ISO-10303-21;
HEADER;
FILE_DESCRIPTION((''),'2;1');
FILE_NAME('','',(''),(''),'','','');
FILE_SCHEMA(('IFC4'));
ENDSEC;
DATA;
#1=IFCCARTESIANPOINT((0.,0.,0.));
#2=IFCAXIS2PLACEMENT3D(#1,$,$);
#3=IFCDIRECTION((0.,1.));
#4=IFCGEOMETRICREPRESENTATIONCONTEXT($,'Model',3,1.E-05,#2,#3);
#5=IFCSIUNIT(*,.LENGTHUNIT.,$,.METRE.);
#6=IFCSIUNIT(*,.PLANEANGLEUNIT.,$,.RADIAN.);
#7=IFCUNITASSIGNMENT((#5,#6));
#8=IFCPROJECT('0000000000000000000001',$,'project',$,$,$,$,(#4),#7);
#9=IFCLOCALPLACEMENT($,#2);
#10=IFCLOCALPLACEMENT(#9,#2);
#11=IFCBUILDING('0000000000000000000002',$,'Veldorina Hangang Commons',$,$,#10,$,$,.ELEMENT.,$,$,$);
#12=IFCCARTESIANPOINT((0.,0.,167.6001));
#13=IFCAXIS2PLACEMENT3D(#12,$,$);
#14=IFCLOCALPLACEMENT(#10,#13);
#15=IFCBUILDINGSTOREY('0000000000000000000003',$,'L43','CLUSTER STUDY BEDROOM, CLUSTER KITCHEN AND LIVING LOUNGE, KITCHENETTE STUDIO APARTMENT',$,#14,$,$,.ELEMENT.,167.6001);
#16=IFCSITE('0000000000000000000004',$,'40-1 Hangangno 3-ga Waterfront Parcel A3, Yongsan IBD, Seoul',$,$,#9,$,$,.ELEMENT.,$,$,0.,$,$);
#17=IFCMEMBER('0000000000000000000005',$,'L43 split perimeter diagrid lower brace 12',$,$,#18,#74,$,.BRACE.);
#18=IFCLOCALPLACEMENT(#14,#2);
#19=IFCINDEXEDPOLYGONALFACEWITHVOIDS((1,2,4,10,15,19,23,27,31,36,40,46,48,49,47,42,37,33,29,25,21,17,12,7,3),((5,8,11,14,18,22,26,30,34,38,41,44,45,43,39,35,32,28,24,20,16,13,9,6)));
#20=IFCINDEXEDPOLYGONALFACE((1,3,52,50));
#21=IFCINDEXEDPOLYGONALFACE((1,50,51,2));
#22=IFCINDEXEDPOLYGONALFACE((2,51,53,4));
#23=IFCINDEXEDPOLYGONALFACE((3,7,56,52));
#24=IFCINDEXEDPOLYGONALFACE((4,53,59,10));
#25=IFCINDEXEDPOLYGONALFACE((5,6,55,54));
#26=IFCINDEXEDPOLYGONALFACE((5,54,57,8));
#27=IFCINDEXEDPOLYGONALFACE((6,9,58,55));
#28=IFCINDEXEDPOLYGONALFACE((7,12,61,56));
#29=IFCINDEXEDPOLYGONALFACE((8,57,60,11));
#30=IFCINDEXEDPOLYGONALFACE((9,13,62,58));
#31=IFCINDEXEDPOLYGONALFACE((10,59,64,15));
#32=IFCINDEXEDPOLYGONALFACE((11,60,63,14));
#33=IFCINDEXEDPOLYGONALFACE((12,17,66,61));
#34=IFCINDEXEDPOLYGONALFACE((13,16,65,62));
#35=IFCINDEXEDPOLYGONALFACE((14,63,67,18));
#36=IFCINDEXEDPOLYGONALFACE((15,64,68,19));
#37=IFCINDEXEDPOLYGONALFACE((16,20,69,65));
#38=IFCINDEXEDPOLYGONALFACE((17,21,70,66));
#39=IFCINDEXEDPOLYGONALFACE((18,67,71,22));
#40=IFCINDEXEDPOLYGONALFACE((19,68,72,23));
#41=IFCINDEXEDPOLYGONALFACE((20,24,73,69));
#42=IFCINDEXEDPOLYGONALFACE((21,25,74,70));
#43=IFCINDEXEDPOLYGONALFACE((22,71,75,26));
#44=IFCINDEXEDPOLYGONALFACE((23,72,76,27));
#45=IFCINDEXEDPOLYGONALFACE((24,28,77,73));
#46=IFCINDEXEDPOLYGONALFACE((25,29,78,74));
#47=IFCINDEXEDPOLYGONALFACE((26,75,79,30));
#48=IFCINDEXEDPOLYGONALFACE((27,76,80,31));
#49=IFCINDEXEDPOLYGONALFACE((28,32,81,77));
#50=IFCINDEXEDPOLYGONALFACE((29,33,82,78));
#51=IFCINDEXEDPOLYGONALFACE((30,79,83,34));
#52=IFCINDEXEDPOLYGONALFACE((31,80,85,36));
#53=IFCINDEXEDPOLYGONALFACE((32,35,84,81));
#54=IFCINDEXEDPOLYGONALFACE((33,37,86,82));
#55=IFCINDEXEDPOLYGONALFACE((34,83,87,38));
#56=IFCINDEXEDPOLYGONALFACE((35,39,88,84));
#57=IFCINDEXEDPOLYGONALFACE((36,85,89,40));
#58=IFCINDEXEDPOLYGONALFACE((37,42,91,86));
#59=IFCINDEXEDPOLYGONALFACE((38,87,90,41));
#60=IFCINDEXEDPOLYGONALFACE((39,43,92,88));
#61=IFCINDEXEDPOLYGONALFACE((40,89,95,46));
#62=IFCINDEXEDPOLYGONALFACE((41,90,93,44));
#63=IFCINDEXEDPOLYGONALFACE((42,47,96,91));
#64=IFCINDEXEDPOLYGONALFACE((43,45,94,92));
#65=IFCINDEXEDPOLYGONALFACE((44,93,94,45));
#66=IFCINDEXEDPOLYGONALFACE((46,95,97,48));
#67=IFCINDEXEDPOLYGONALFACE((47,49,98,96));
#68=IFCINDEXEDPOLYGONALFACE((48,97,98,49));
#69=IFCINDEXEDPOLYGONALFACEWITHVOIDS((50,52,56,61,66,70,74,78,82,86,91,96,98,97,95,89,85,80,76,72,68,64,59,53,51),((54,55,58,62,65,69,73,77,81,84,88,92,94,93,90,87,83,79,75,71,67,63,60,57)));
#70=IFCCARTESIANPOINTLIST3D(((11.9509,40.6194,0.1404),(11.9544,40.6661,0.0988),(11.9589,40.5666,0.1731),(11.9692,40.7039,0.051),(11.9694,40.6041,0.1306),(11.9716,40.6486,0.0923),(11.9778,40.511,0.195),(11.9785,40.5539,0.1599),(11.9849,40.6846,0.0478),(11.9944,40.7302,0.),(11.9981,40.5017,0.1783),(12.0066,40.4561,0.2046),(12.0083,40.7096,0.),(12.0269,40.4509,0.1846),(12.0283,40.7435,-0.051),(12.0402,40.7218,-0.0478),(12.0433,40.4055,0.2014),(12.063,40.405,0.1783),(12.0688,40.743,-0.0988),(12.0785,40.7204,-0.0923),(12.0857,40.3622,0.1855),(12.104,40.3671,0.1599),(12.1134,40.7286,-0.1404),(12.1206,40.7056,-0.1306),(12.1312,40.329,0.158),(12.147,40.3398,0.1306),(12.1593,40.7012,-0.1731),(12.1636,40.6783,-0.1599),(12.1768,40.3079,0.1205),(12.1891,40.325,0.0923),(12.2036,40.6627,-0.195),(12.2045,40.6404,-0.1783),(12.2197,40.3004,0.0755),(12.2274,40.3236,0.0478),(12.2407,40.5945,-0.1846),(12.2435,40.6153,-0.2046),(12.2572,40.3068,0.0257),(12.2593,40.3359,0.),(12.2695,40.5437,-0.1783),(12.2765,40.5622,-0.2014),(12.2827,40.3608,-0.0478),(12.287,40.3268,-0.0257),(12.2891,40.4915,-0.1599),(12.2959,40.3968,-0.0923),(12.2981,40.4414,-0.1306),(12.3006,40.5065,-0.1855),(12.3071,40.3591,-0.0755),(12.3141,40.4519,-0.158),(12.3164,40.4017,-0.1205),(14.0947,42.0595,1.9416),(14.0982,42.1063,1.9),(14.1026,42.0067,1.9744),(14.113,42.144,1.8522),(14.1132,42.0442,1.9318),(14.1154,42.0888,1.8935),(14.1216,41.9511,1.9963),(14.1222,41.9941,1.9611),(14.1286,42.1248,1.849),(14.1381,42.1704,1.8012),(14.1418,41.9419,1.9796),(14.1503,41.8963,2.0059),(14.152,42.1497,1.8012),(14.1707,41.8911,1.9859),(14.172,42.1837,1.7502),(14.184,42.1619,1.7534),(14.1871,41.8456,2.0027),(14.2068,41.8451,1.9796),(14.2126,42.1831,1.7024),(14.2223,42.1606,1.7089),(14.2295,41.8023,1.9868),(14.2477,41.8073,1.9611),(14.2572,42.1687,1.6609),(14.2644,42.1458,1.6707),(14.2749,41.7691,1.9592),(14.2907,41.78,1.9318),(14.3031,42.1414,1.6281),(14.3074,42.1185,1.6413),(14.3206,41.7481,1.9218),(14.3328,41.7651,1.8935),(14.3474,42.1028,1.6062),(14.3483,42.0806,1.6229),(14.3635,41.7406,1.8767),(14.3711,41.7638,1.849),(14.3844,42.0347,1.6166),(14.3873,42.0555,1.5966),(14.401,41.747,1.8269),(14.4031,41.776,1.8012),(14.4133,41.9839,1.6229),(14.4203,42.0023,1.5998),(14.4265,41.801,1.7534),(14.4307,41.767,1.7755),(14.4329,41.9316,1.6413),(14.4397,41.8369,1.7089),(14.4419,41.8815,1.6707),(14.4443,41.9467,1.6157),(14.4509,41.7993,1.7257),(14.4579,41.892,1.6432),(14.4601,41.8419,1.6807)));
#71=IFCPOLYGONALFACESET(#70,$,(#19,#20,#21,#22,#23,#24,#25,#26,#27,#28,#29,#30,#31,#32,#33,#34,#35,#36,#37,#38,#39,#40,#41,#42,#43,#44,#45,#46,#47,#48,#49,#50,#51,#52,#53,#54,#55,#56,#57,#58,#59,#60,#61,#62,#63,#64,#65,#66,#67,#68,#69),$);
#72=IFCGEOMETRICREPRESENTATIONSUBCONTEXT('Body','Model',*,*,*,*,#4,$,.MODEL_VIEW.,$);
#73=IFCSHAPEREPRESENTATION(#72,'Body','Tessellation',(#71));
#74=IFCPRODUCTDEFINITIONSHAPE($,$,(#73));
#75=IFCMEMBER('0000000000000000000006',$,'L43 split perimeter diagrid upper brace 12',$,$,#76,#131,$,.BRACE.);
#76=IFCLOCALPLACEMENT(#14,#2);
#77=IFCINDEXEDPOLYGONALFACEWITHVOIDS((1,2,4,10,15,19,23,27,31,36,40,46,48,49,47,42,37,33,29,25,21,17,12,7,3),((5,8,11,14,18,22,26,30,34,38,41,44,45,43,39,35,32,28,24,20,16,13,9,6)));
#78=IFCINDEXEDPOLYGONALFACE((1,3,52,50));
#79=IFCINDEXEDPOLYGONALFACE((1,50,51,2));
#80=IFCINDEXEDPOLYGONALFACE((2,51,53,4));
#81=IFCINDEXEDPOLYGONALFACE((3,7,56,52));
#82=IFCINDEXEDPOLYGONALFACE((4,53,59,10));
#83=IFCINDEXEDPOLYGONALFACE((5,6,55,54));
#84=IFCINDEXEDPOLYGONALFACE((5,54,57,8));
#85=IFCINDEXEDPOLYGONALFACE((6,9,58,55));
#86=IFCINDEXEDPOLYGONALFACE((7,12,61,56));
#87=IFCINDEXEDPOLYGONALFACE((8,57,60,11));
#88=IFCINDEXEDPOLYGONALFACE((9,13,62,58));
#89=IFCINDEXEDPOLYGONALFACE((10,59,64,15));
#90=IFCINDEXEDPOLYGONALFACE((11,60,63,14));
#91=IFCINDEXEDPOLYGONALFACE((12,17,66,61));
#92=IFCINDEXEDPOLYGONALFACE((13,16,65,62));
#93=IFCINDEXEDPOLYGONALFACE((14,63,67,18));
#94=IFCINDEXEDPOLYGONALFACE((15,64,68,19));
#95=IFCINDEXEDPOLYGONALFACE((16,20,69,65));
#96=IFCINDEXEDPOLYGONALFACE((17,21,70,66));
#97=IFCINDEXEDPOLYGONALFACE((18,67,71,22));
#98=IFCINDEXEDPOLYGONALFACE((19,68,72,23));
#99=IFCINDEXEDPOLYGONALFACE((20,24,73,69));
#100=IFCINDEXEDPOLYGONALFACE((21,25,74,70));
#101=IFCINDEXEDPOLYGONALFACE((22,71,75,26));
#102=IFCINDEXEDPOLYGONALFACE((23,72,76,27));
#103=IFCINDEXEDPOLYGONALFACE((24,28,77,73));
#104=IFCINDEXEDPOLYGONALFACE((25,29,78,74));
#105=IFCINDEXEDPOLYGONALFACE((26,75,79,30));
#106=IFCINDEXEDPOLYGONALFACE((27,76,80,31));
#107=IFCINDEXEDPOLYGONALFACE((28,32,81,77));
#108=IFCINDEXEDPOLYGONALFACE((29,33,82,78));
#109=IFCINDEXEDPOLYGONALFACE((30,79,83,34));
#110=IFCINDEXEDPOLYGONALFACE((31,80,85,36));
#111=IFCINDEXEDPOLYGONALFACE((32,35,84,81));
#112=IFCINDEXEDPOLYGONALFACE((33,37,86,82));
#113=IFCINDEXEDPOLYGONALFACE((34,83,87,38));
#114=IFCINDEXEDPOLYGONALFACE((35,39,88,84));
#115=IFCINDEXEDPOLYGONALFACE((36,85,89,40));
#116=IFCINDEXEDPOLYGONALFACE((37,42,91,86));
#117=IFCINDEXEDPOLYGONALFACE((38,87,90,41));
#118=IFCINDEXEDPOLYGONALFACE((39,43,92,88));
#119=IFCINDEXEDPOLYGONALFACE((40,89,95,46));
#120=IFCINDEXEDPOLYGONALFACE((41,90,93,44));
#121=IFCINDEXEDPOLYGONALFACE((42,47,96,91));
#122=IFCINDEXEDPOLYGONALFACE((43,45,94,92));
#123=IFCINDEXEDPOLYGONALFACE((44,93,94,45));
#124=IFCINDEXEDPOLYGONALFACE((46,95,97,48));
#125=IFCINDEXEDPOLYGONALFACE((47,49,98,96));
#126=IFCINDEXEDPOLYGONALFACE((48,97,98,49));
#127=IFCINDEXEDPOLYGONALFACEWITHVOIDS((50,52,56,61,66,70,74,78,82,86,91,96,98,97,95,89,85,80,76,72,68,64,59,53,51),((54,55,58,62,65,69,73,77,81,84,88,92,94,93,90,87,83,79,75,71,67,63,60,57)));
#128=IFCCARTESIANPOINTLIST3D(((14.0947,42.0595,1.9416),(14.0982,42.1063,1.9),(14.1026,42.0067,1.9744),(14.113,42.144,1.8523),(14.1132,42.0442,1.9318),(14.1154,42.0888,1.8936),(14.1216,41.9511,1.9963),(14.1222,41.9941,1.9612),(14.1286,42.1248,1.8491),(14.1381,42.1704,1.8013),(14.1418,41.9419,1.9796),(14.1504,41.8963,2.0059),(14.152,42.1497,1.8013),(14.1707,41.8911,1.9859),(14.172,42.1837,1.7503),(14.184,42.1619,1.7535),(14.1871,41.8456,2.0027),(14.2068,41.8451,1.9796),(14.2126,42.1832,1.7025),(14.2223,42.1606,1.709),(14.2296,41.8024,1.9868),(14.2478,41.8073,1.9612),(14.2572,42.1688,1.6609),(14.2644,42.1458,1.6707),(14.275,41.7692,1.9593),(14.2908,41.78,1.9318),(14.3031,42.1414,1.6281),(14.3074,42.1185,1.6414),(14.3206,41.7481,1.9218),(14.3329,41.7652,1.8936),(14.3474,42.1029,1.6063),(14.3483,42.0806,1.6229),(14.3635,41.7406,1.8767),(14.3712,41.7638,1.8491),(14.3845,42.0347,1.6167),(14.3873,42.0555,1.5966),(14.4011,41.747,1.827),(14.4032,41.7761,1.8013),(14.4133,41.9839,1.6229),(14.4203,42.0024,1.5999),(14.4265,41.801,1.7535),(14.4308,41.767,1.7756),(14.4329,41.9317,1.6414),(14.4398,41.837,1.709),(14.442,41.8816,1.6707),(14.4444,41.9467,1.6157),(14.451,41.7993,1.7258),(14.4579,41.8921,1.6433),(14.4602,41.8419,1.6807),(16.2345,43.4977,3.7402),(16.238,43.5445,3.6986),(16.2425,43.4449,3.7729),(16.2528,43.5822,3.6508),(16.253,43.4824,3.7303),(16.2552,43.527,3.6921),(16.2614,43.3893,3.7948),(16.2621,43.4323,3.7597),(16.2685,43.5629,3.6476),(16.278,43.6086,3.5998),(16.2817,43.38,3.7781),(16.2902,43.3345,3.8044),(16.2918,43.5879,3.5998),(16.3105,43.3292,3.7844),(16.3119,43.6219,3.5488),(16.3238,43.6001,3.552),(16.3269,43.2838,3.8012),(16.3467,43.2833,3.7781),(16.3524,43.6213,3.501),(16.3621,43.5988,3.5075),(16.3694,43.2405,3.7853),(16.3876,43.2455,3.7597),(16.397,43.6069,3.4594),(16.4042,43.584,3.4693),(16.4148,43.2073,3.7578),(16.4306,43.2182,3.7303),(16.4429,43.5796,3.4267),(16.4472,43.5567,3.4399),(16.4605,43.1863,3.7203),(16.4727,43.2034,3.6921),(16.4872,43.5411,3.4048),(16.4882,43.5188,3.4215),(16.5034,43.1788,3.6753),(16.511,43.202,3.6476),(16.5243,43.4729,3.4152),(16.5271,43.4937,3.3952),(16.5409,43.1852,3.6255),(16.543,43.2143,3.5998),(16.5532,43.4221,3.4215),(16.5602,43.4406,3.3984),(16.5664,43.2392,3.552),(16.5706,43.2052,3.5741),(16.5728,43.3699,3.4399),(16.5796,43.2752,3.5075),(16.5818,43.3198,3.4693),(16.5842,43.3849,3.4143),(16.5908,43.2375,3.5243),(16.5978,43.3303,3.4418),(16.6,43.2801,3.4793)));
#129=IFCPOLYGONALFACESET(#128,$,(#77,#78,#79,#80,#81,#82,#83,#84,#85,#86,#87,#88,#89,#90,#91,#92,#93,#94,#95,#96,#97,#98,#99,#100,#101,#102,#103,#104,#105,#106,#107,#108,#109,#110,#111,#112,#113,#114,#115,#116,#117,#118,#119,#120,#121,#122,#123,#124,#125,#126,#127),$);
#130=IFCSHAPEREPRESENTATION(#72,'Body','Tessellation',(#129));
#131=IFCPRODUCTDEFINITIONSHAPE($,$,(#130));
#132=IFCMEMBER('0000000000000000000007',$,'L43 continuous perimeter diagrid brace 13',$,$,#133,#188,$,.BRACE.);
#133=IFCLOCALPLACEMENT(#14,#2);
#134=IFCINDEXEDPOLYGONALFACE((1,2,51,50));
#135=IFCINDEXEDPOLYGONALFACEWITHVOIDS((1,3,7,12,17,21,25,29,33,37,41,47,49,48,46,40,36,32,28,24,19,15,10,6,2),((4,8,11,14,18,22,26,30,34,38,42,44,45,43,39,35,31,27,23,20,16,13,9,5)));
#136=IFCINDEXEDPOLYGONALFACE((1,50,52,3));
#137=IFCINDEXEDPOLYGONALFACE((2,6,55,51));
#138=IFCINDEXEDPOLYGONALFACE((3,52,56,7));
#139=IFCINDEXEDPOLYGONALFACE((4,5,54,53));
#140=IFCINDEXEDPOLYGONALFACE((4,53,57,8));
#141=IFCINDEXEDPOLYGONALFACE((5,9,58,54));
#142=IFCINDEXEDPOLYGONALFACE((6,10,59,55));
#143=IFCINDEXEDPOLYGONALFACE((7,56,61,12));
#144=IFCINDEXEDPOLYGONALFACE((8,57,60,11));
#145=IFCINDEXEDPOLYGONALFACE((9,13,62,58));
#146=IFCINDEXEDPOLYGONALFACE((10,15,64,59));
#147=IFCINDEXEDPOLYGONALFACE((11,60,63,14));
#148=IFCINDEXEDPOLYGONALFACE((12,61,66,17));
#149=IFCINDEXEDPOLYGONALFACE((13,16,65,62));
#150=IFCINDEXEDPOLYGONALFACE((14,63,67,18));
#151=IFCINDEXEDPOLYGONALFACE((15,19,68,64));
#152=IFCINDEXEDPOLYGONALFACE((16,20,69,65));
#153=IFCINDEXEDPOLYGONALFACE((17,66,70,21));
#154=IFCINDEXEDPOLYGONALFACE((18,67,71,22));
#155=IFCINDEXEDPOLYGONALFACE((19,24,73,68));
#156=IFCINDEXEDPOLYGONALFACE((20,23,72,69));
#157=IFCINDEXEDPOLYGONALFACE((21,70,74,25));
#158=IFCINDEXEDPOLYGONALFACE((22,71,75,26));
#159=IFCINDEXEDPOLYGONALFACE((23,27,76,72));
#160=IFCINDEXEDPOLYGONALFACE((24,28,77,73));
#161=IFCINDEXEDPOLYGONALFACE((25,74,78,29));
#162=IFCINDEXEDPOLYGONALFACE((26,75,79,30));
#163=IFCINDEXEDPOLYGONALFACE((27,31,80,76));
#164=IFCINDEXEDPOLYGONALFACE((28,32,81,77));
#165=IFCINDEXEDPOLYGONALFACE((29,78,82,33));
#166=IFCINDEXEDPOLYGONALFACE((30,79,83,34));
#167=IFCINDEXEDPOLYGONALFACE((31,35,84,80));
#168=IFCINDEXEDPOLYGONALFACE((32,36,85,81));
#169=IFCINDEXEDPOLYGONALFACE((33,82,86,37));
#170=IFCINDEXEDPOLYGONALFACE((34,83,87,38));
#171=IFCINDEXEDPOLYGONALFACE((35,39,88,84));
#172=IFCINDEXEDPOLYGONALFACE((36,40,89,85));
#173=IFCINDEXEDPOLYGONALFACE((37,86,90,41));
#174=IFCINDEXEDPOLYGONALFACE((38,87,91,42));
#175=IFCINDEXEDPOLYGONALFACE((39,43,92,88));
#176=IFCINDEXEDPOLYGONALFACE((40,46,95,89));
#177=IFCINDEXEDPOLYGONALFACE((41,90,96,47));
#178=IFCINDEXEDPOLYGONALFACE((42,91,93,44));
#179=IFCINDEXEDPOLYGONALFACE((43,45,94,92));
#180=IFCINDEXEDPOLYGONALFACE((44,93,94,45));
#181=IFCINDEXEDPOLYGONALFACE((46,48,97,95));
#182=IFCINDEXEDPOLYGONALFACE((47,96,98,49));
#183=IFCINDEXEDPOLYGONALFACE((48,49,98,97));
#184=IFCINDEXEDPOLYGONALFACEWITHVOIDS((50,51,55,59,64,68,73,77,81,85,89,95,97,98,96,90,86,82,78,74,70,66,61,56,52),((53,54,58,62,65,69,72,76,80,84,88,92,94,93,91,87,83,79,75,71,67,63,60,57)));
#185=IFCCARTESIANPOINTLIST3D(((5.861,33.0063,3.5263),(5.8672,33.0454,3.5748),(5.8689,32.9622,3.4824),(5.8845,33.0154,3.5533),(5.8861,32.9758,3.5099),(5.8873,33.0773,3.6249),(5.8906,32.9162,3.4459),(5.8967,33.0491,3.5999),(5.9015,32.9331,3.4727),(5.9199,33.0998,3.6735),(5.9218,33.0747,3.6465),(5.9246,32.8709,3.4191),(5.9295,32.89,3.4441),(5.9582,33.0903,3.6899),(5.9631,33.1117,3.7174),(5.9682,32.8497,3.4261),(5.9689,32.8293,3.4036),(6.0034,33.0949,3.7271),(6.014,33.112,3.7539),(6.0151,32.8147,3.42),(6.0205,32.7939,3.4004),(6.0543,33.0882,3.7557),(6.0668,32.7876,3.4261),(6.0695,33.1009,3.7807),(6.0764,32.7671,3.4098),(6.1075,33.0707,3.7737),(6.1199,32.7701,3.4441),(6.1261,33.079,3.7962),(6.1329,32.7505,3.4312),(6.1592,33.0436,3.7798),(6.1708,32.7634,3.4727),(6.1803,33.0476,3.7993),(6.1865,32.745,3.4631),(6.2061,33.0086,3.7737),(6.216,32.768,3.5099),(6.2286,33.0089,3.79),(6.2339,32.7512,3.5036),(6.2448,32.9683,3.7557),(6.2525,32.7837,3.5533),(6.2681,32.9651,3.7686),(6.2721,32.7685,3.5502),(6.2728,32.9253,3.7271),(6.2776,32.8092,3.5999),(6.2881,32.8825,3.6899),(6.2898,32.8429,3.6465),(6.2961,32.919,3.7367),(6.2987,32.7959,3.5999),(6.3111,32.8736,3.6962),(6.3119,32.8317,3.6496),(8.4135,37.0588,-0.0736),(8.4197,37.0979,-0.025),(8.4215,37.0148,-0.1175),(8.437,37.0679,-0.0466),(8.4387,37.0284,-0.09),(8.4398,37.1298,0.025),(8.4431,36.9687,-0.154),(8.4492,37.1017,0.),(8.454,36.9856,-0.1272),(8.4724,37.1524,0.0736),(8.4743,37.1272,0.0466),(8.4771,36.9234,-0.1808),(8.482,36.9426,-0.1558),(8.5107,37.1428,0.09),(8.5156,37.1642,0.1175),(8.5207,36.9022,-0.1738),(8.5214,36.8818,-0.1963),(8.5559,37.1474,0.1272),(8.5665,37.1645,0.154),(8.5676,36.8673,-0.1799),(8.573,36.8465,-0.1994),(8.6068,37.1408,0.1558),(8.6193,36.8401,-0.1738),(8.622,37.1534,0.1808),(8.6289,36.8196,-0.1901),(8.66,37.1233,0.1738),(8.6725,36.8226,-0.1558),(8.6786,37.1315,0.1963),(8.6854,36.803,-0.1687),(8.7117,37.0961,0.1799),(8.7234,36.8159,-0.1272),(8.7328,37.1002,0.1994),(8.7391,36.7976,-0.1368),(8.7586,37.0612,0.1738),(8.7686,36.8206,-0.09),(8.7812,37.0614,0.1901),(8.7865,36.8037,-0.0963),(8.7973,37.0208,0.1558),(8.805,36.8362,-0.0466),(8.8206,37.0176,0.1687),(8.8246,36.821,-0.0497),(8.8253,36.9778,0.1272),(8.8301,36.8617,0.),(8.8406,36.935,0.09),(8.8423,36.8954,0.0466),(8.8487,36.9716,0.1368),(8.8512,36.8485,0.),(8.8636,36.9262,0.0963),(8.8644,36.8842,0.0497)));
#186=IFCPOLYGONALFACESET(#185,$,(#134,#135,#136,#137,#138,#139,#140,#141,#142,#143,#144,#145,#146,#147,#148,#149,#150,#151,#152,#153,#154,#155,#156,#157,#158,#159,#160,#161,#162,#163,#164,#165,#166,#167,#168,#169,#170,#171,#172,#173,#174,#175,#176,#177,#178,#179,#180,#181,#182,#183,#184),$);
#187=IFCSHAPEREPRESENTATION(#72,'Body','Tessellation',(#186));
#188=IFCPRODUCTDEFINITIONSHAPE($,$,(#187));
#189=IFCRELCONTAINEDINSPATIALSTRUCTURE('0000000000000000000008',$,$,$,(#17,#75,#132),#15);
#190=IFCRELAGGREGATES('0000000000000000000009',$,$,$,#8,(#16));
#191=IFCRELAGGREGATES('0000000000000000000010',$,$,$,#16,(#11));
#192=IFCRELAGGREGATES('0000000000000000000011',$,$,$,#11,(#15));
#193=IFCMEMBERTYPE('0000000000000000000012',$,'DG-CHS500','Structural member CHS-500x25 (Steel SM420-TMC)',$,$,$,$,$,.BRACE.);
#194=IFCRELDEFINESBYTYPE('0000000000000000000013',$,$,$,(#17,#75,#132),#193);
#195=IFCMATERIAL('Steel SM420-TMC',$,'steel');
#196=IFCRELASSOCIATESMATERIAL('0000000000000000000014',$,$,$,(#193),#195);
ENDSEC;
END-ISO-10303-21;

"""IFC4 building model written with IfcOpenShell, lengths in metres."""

from ifc_helpers import new_model, si_unit, direction, frame, origin, origin_2d, place, context, subcontext, project, spatial, hollow_circle, extrude, material, material_profile, profile_set, type_object, element, save


model = new_model("IFC4")

# Units and contexts
model_context = context("Model", 3, precision=1e-05, world=origin(), true_north=direction((0.0, 1.0)))
body_context = subcontext(model_context, "Body", "Model", "MODEL_VIEW")
ifc_project = project(units=[si_unit("LENGTHUNIT", "METRE"), si_unit("PLANEANGLEUNIT", "RADIAN")], contexts=[model_context])

# Site, building, storey
site_placement = place(None, origin())
site = spatial("IfcSite", under=ifc_project, at=site_placement, Name="40-1 Hangangno 3-ga Waterfront Parcel A3, Yongsan IBD, Seoul", CompositionType="ELEMENT", RefElevation=0.0)
building_placement = place(site_placement, origin())
building = spatial("IfcBuilding", under=site, at=building_placement, Name="Veldorina Hangang Commons", CompositionType="ELEMENT")
storey_placement = place(building_placement, frame((0.0, 0.0, 167.6001)))
storey = spatial("IfcBuildingStorey", under=building, at=storey_placement, Name="L43", Description="CLUSTER STUDY BEDROOM, CLUSTER KITCHEN AND LIVING LOUNGE, KITCHENETTE STUDIO APARTMENT", CompositionType="ELEMENT", Elevation=167.6001)

# Shared definitions
ifc_material_1 = material(Name="Steel SM420-TMC", Category="steel")

# Members
ifc_material_profile_1 = material_profile(ifc_material_1, hollow_circle(Radius=0.25, WallThickness=0.0249, at=origin_2d()), Name="CHS-500x25")
ifc_profile_set_1 = profile_set([ifc_material_profile_1], Name="Steel SM420-TMC")
member_type = type_object("IfcMemberType", Name="DG-CHS500", Description="Structural member CHS-500x25 (Steel SM420-TMC)", PredefinedType="BRACE", material=ifc_profile_set_1)
member_1_placement = place(storey_placement, frame((12.1338, 40.5227, 0.0), z_axis=(0.680843, 0.457384, 0.57206), x_axis=(-0.557642, 0.830082, 0.0)))
element("IfcMember", 1, at=member_1_placement, inside=storey, type_object=member_type, Name="L43 split perimeter diagrid lower brace 12", PredefinedType="BRACE", context=body_context, shape_type="SweptSolid", body=[
    extrude(hollow_circle(Radius=0.25, WallThickness=0.0249, at=origin_2d()), origin(), (0.0, 0.0, 1.0), 3.1487),
])
member_2_placement = place(storey_placement, frame((14.2776, 41.9629, 1.8013), z_axis=(0.680702, 0.457503, 0.572132), x_axis=(-0.557821, 0.829961, 0.0)))
element("IfcMember", 2, at=member_2_placement, inside=storey, type_object=member_type, Name="L43 split perimeter diagrid upper brace 12", PredefinedType="BRACE", context=body_context, shape_type="SweptSolid", body=[
    extrude(hollow_circle(Radius=0.25, WallThickness=0.0249, at=origin_2d()), origin(), (0.0, 0.0, 1.0), 3.1436),
])
member_3_placement = place(storey_placement, frame((8.6396, 36.9817, 0.0), z_axis=(-0.426026, -0.676385, 0.600837), x_axis=(0.846146, -0.532951, 0.0)))
element("IfcMember", 3, at=member_3_placement, inside=storey, type_object=member_type, Name="L43 continuous perimeter diagrid brace 13", PredefinedType="BRACE", context=body_context, shape_type="SweptSolid", body=[
    extrude(hollow_circle(Radius=0.25, WallThickness=0.0249, at=origin_2d()), origin(), (0.0, 0.0, 1.0), 5.9915),
])

save(model, "model.ifc")
